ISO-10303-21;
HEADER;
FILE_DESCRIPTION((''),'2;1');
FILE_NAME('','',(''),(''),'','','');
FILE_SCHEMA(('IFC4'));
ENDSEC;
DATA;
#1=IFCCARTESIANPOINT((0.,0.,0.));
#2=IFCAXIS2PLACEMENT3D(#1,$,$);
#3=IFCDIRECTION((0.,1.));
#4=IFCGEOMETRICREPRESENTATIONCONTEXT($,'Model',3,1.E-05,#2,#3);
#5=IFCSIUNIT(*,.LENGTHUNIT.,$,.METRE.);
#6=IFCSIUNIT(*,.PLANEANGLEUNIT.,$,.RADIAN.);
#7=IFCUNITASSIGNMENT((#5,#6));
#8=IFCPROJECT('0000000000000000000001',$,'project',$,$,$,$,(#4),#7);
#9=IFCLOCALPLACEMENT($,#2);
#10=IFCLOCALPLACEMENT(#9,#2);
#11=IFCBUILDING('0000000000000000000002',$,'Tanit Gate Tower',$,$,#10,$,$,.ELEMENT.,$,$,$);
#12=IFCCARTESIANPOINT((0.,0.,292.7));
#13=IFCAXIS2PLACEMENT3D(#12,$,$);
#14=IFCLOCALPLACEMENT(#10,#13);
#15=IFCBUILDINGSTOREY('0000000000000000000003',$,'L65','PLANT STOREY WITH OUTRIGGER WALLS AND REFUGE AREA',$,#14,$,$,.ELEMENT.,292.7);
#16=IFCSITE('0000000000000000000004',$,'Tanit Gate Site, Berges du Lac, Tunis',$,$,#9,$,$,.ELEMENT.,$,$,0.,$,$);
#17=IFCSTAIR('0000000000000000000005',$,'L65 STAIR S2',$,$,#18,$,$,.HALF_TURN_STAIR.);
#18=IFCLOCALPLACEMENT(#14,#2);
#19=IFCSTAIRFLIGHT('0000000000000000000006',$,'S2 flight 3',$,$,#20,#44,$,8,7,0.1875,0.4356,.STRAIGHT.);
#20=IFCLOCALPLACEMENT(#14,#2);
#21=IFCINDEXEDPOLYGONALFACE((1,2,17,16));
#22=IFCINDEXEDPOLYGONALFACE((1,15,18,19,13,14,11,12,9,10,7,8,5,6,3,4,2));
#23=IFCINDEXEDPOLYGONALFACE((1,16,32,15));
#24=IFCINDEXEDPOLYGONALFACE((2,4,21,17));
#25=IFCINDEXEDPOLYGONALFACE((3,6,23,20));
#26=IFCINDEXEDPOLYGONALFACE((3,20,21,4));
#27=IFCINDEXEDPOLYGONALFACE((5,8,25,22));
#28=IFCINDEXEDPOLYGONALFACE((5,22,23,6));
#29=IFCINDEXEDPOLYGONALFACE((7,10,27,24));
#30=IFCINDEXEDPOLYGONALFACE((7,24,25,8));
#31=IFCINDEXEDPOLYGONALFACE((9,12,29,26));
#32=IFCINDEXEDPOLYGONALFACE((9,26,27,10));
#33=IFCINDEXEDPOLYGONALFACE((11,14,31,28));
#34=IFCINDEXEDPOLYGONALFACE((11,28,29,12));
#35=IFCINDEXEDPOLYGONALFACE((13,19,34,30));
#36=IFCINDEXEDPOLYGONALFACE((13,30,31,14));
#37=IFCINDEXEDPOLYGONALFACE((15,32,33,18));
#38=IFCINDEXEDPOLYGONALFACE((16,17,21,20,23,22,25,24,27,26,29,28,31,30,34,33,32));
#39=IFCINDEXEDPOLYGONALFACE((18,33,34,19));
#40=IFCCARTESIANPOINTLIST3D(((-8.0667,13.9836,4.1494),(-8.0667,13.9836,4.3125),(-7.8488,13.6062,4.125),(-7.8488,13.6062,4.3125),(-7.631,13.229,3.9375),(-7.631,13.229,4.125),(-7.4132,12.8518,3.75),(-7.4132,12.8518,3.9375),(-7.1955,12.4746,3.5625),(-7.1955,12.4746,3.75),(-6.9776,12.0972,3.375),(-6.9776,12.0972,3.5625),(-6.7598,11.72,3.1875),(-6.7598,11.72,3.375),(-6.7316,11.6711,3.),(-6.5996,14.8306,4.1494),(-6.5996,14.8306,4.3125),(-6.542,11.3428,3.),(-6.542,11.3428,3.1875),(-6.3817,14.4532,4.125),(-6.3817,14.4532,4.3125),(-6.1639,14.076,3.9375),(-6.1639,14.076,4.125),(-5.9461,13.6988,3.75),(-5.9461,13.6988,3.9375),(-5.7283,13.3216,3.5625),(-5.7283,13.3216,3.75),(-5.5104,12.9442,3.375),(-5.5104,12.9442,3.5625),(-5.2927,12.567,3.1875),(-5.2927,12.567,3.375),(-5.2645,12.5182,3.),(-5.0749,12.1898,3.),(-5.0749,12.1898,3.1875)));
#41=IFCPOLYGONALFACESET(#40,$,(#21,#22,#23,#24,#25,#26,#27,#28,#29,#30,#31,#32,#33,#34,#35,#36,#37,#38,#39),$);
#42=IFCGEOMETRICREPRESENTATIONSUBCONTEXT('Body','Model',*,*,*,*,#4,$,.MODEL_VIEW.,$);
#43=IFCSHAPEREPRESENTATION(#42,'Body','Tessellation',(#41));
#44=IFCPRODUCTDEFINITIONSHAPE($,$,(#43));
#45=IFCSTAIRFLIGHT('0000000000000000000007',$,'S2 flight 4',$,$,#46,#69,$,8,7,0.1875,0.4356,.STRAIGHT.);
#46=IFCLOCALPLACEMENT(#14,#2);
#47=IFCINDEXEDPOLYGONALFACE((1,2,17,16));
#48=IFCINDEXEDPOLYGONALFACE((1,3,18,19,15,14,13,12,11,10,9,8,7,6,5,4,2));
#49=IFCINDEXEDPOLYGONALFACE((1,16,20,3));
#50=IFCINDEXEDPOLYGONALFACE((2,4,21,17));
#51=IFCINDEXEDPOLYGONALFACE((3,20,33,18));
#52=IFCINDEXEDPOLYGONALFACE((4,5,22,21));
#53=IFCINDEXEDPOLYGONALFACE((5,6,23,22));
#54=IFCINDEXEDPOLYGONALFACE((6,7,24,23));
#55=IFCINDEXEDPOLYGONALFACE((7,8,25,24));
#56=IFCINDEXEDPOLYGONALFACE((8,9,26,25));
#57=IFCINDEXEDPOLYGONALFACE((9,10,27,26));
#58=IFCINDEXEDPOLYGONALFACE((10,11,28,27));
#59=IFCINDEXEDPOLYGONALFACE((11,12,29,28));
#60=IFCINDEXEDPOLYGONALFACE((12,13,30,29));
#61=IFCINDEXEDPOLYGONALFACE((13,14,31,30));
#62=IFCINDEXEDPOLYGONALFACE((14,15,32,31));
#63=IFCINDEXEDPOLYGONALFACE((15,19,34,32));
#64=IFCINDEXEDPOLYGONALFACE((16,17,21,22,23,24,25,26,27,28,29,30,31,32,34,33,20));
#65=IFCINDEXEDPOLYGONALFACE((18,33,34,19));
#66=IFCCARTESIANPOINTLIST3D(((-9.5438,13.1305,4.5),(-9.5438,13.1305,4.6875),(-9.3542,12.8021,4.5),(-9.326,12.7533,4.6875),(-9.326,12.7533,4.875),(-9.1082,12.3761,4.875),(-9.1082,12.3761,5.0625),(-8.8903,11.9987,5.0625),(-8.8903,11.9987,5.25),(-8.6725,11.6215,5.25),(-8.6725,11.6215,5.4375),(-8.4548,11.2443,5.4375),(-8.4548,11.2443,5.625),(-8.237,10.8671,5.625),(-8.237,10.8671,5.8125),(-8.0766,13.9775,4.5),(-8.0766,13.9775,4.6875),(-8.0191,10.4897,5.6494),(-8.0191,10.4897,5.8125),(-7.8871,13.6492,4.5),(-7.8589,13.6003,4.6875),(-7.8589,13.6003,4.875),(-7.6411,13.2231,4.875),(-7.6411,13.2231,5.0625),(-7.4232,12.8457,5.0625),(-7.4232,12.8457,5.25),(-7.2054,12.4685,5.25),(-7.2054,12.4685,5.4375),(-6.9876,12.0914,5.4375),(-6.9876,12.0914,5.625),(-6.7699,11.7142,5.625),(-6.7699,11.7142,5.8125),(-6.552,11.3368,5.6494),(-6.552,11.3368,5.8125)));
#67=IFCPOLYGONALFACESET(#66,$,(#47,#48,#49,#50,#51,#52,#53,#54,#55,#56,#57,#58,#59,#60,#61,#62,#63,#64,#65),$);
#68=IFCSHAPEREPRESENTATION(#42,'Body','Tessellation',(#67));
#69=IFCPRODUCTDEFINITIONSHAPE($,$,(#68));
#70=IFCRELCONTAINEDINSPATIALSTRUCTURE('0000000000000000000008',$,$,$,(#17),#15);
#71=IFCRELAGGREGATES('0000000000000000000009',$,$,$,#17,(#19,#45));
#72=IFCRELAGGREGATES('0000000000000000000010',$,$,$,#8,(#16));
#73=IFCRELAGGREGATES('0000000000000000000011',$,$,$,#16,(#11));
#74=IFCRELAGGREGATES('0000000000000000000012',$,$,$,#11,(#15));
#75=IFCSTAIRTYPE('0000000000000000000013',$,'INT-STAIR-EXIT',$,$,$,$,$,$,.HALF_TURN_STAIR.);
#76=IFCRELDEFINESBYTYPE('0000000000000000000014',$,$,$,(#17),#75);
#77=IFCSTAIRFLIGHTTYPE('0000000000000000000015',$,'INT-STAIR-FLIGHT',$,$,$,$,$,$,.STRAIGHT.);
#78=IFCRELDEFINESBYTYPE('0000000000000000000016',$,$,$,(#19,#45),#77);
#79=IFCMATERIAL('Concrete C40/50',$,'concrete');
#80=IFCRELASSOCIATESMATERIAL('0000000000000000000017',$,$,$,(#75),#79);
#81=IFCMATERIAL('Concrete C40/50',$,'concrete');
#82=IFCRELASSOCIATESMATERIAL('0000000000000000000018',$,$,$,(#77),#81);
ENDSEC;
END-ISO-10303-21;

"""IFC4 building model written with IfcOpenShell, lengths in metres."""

from ifc_helpers import new_model, si_unit, direction, frame, origin, place, context, subcontext, project, spatial, polyline, outline, extrude, material, type_object, element, aggregate, save


model = new_model("IFC4")

# Units and contexts
model_context = context("Model", 3, precision=1e-05, world=origin(), true_north=direction((0.0, 1.0)))
body_context = subcontext(model_context, "Body", "Model", "MODEL_VIEW")
ifc_project = project(units=[si_unit("LENGTHUNIT", "METRE"), si_unit("PLANEANGLEUNIT", "RADIAN")], contexts=[model_context])

# Site, building, storey
site_placement = place(None, origin())
site = spatial("IfcSite", under=ifc_project, at=site_placement, Name="Tanit Gate Site, Berges du Lac, Tunis", CompositionType="ELEMENT", RefElevation=0.0)
building_placement = place(site_placement, origin())
building = spatial("IfcBuilding", under=site, at=building_placement, Name="Tanit Gate Tower", CompositionType="ELEMENT")
storey_placement = place(building_placement, frame((0.0, 0.0, 292.7)))
storey = spatial("IfcBuildingStorey", under=building, at=storey_placement, Name="L65", Description="PLANT STOREY WITH OUTRIGGER WALLS AND REFUGE AREA", CompositionType="ELEMENT", Elevation=292.7)

# Stair, stair flights
ifc_material_1 = material(Name="Concrete C40/50", Category="concrete")
stair_type = type_object("IfcStairType", Name="INT-STAIR-EXIT", PredefinedType="HALF_TURN_STAIR", material=ifc_material_1)
stair_placement = place(storey_placement, origin())
stair = element("IfcStair", 1, at=stair_placement, inside=storey, type_object=stair_type, Name="L65 STAIR S2", PredefinedType="HALF_TURN_STAIR")
ifc_material_2 = material(Name="Concrete C40/50", Category="concrete")
stair_flight_type = type_object("IfcStairFlightType", Name="INT-STAIR-FLIGHT", PredefinedType="STRAIGHT", material=ifc_material_2)
stair_flight_1_placement = place(storey_placement, frame((-5.8083, 11.7664, 3.0), z_axis=(0.0, 0.0, 1.0), x_axis=(-0.5, 0.866025, 0.0)))
stair_flight_1 = element("IfcStairFlight", 2, at=stair_flight_1_placement, type_object=stair_flight_type, Name="S2 flight 3", NumberOfRisers=8, NumberOfTreads=7, PredefinedType="STRAIGHT", RiserHeight=0.1875, TreadLength=0.4356, context=body_context, shape_type="SweptSolid", body=[
    extrude(outline(polyline([(0.0, 0.0), (0.0, 0.1875), (0.4355, 0.1875), (0.4355, 0.375), (0.8711, 0.375), (0.8711, 0.5625), (1.3069, 0.5625), (1.3069, 0.75), (1.7424, 0.75), (1.7424, 0.9375), (2.178, 0.9375), (2.178, 1.125), (2.6135, 1.125), (2.6135, 1.3125), (3.0493, 1.3125), (3.0493, 1.5), (3.0493, 1.1494), (0.3792, 0.0), (0.0, 0.0)])), frame((0.0, 0.8472, 0.0), z_axis=(0.0, -1.0, 0.0), x_axis=(1.0, 0.0, 0.0)), (0.0, 0.0, 1.0), 1.6941),
])
stair_flight_2_placement = place(storey_placement, frame((-8.8103, 13.554, 4.5), z_axis=(0.0, 0.0, 1.0), x_axis=(0.5, -0.866025, 0.0)))
stair_flight_2 = element("IfcStairFlight", 3, at=stair_flight_2_placement, type_object=stair_flight_type, Name="S2 flight 4", NumberOfRisers=8, NumberOfTreads=7, PredefinedType="STRAIGHT", RiserHeight=0.1875, TreadLength=0.4356, context=body_context, shape_type="SweptSolid", body=[
    extrude(outline(polyline([(0.0, 0.0), (0.0, 0.1875), (0.4355, 0.1875), (0.4355, 0.375), (0.8711, 0.375), (0.8711, 0.5625), (1.3069, 0.5625), (1.3069, 0.75), (1.7424, 0.75), (1.7424, 0.9375), (2.178, 0.9375), (2.178, 1.125), (2.6135, 1.125), (2.6135, 1.3125), (3.0493, 1.3125), (3.0493, 1.5), (3.0493, 1.1494), (0.3792, 0.0), (0.0, 0.0)])), frame((0.0, 0.8472, 0.0), z_axis=(0.0, -1.0, 0.0), x_axis=(1.0, 0.0, 0.0)), (0.0, 0.0, 1.0), 1.6941),
])
aggregate(stair, [stair_flight_1, stair_flight_2])

save(model, "model.ifc")
